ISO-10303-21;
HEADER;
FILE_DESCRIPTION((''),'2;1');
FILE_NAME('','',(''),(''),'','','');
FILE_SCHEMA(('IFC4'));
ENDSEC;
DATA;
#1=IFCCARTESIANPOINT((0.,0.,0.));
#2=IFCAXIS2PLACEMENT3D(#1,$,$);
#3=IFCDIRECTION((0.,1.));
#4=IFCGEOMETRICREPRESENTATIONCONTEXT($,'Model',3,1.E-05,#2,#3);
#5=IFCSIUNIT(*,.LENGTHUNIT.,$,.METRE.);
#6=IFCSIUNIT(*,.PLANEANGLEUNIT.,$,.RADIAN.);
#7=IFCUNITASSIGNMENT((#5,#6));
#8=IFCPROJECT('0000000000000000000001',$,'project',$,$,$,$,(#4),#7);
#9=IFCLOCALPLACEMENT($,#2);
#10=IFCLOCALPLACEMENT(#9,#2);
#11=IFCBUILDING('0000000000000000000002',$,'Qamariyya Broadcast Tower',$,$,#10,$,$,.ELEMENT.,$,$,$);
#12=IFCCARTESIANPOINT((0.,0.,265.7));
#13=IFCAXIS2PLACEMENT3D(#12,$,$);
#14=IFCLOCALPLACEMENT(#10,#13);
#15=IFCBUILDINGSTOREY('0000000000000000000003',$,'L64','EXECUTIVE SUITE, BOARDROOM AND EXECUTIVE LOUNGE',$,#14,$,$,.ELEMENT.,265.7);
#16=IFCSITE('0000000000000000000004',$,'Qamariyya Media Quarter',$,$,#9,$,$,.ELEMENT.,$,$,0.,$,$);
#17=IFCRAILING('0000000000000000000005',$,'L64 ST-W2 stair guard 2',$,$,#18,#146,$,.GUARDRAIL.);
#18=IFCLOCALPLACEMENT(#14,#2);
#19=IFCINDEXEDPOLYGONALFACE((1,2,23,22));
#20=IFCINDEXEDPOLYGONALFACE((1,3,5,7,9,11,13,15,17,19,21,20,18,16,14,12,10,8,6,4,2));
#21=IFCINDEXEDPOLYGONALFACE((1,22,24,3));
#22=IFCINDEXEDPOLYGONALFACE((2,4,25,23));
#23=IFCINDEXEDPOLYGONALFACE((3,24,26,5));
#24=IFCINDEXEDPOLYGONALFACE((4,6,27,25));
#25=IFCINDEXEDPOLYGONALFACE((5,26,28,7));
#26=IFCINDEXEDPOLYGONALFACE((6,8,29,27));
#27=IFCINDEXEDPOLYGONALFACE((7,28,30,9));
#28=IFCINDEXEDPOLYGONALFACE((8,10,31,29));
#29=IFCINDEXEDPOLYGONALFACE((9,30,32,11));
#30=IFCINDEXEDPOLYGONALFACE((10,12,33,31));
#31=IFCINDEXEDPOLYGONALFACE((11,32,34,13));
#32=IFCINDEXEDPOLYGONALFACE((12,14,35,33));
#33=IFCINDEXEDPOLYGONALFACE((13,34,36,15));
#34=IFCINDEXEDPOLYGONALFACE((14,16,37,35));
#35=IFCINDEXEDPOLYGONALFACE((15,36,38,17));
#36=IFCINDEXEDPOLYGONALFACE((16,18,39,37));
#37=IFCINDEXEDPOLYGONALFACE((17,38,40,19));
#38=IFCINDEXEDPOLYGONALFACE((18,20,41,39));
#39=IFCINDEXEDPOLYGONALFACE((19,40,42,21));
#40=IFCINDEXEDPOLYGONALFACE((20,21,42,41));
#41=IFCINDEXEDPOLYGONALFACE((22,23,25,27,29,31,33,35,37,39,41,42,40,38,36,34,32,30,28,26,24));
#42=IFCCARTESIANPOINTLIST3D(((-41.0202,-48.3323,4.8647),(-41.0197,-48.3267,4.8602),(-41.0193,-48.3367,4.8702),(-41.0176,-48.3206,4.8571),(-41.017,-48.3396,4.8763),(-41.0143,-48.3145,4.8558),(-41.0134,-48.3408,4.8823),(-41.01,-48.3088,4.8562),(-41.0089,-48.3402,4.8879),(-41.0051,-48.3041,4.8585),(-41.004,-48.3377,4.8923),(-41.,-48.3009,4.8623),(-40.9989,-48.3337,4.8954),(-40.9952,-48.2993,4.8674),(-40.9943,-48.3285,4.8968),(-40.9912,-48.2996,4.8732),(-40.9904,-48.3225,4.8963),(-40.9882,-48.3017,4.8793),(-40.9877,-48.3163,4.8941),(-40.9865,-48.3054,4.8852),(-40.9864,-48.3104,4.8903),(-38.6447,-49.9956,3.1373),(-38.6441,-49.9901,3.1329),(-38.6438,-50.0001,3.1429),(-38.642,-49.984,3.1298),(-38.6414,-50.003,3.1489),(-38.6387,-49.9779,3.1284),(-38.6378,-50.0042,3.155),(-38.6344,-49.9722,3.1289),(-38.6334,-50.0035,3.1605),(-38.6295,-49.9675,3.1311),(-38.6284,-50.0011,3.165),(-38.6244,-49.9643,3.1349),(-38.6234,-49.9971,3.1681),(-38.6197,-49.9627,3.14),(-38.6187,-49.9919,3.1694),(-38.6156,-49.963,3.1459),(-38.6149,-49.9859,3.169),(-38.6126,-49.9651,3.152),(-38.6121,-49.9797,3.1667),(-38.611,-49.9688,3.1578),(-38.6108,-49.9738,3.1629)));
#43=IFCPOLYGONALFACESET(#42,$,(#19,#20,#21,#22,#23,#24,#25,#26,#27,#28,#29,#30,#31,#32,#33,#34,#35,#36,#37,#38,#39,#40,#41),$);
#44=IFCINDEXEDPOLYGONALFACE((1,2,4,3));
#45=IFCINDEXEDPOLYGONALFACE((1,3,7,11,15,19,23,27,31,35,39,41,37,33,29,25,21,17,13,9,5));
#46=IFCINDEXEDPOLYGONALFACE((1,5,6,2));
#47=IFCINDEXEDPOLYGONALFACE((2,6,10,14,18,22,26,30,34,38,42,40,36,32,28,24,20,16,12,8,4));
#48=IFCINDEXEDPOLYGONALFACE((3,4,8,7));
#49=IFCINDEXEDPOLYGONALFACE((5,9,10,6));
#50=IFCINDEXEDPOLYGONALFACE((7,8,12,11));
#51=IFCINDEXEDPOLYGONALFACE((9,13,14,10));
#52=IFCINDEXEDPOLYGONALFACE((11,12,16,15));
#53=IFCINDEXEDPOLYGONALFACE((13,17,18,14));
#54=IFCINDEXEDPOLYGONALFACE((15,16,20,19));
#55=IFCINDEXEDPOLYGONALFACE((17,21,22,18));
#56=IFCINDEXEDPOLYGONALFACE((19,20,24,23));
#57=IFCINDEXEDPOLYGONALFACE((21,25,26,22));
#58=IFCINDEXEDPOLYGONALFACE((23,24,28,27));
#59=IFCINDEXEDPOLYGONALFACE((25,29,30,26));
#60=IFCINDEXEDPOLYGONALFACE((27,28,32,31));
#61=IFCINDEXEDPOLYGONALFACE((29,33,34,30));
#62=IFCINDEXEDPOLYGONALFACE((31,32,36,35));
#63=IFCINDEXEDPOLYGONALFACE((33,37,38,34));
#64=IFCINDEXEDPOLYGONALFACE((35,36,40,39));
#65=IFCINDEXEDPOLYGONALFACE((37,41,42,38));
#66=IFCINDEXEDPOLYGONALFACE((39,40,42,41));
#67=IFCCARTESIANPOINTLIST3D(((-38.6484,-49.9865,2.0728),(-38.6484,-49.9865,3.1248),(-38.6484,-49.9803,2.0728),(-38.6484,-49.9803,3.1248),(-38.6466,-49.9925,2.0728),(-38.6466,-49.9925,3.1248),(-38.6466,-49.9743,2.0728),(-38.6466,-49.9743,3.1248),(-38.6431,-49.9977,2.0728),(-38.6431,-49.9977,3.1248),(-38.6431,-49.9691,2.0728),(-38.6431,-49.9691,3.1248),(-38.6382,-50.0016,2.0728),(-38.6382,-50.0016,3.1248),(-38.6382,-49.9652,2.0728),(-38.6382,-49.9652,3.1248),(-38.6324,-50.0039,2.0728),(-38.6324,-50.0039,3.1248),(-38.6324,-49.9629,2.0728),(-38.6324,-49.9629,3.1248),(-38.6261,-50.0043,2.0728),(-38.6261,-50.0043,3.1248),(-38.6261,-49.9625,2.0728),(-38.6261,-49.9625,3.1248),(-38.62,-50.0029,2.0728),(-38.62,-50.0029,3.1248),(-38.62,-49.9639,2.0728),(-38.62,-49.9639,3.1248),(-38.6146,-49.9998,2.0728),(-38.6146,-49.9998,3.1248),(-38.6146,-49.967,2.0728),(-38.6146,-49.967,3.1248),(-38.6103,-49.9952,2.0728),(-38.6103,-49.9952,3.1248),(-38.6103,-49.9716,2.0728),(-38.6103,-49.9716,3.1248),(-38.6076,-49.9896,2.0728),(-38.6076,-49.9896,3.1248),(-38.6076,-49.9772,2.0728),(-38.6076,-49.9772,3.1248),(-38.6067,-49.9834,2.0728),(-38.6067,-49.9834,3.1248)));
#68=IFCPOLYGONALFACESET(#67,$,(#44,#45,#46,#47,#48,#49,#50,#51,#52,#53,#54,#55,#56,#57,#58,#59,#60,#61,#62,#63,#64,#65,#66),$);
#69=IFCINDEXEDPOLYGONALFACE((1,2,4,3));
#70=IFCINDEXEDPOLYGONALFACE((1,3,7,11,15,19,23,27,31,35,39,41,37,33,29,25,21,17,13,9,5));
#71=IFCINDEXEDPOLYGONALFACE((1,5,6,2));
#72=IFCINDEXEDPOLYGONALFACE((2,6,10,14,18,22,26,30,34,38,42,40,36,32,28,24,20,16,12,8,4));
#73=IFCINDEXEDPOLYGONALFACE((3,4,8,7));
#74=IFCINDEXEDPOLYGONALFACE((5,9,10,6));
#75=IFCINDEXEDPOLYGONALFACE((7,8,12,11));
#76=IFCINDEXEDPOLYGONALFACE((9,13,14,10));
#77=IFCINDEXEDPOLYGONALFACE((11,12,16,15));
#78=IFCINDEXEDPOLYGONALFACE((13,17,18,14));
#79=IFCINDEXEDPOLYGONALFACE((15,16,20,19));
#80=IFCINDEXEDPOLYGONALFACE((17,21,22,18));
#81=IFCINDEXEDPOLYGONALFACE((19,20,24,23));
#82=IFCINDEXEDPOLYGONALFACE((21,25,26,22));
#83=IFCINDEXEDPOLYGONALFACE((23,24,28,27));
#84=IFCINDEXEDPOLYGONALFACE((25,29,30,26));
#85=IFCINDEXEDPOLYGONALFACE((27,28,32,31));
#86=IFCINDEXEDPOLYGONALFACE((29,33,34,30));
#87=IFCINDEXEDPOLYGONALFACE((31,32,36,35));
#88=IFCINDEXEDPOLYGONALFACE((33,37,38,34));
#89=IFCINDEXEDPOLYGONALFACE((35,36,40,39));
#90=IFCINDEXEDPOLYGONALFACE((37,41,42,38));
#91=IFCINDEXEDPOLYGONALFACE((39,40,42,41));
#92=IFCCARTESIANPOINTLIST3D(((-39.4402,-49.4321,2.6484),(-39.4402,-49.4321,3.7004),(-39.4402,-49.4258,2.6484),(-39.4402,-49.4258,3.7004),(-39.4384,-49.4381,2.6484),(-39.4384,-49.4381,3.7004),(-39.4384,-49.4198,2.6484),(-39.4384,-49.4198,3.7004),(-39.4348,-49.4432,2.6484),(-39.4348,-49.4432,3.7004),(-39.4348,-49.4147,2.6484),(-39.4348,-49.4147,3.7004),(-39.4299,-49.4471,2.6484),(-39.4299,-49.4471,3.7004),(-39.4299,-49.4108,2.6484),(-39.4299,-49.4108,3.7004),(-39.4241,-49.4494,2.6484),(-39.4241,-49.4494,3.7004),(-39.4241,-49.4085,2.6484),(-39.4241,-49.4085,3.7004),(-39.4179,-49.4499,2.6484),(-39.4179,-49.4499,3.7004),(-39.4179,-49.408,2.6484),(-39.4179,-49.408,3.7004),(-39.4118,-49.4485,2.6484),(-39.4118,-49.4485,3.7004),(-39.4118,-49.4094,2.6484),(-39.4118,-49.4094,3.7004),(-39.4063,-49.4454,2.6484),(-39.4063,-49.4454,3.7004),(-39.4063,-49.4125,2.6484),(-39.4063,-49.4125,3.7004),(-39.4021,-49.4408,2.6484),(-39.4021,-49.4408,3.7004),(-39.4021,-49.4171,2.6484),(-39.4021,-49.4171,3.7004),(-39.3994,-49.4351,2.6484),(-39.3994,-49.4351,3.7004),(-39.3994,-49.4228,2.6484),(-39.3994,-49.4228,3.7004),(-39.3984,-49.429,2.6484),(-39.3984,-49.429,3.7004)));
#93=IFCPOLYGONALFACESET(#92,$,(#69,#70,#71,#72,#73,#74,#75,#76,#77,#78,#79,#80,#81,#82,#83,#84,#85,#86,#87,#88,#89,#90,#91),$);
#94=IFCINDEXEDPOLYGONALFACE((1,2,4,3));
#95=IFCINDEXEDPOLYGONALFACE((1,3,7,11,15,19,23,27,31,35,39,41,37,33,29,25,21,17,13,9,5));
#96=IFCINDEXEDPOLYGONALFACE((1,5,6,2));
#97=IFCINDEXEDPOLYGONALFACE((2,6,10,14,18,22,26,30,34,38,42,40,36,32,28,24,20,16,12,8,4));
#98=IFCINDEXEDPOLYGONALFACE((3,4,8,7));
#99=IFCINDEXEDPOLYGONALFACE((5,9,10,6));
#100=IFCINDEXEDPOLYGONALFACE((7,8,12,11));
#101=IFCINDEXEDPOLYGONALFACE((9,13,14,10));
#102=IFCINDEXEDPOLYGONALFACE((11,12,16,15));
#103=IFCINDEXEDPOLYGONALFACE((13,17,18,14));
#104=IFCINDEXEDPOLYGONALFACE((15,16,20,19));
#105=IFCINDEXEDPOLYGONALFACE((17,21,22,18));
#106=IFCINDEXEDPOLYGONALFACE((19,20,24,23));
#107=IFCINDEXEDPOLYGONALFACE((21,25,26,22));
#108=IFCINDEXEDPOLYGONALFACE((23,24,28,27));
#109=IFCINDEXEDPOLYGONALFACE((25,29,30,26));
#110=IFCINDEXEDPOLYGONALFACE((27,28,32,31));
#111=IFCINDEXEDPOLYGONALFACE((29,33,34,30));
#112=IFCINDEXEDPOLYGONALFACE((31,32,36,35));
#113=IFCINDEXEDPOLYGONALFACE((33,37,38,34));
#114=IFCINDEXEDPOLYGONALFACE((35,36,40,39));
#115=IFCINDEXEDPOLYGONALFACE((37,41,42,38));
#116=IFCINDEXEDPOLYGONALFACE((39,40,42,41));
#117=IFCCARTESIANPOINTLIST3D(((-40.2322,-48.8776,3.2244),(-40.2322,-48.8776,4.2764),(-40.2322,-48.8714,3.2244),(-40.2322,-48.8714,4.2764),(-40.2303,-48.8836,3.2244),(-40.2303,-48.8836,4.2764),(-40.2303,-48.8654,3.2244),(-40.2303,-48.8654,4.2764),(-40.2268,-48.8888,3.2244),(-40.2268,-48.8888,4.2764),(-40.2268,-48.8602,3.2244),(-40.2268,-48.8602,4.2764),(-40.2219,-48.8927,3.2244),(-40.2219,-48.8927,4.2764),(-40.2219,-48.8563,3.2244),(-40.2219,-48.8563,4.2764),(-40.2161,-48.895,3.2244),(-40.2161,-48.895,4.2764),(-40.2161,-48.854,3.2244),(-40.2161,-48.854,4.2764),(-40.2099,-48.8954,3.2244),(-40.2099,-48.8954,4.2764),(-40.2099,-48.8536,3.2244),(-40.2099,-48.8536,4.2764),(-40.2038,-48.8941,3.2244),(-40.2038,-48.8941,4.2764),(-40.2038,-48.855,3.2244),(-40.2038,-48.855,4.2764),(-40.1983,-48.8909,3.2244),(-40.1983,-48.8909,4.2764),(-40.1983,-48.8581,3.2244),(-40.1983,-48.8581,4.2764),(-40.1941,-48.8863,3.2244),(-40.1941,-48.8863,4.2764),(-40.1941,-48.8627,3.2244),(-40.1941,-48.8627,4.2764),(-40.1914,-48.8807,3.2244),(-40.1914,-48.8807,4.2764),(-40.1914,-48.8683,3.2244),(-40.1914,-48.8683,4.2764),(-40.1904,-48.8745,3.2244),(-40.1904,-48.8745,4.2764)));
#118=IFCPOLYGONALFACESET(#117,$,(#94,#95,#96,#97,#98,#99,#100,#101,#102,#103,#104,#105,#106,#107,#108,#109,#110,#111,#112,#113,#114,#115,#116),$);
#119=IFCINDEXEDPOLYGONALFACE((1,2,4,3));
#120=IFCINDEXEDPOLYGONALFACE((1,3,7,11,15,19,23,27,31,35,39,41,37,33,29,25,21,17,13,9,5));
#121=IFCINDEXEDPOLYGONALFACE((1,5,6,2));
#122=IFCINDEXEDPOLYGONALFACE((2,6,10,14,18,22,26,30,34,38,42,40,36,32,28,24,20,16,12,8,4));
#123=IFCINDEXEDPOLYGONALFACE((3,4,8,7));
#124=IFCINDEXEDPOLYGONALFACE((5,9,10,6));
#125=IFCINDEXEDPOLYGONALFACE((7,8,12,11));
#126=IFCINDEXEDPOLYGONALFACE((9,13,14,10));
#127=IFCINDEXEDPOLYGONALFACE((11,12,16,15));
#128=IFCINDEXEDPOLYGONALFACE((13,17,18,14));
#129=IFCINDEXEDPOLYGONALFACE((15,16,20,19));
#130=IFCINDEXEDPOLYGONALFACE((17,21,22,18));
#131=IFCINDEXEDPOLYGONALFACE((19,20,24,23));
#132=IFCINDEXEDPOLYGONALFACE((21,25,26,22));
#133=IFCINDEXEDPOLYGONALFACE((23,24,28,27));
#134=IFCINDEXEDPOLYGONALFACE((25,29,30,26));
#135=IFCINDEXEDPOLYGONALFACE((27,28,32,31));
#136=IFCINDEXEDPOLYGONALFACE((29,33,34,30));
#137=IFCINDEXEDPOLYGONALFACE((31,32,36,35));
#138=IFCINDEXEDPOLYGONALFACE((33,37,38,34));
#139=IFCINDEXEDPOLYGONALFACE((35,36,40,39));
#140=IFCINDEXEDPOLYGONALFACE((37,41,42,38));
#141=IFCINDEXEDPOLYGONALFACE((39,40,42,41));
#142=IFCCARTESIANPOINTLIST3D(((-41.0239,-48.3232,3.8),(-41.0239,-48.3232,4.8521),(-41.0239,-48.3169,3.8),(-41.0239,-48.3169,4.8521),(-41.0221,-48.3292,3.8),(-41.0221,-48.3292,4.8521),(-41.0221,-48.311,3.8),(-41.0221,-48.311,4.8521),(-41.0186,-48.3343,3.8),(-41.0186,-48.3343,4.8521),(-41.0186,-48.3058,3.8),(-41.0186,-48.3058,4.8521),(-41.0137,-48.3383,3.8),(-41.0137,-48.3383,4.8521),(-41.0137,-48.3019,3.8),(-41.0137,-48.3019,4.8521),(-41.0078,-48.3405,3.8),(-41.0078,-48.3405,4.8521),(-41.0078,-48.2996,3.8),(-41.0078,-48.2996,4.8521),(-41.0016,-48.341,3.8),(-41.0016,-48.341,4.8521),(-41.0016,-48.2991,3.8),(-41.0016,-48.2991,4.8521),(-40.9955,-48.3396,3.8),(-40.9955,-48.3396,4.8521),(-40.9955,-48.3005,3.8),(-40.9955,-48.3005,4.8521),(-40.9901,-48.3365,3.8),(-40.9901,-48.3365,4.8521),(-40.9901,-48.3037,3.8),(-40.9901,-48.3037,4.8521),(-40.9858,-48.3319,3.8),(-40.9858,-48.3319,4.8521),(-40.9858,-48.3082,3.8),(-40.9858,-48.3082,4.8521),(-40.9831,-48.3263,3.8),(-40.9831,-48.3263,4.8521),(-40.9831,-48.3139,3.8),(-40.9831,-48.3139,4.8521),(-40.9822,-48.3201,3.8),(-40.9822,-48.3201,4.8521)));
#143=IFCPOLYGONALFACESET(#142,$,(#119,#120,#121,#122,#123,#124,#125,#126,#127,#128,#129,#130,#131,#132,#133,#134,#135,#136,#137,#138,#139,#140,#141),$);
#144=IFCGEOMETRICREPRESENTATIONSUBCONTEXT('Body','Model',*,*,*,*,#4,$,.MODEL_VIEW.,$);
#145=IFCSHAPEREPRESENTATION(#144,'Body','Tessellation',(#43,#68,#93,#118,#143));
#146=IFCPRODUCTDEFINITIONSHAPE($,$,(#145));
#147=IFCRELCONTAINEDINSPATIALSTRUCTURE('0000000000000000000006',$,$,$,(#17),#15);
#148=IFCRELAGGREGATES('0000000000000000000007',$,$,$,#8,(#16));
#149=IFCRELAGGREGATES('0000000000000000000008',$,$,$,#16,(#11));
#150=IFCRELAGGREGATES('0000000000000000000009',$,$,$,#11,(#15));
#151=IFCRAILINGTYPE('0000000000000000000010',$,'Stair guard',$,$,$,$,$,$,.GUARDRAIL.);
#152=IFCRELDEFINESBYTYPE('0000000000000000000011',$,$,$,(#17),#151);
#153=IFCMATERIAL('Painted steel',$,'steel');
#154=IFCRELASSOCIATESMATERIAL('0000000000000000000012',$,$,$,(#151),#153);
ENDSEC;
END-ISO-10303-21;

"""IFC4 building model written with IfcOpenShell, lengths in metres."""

from ifc_helpers import new_model, si_unit, direction, frame, origin, origin_2d, place, context, subcontext, project, spatial, circle, extrude, material, type_object, element, save


model = new_model("IFC4")

# Units and contexts
model_context = context("Model", 3, precision=1e-05, world=origin(), true_north=direction((0.0, 1.0)))
body_context = subcontext(model_context, "Body", "Model", "MODEL_VIEW")
ifc_project = project(units=[si_unit("LENGTHUNIT", "METRE"), si_unit("PLANEANGLEUNIT", "RADIAN")], contexts=[model_context])

# Site, building, storey
site_placement = place(None, origin())
site = spatial("IfcSite", under=ifc_project, at=site_placement, Name="Qamariyya Media Quarter", CompositionType="ELEMENT", RefElevation=0.0)
building_placement = place(site_placement, origin())
building = spatial("IfcBuilding", under=site, at=building_placement, Name="Qamariyya Broadcast Tower", CompositionType="ELEMENT")
storey_placement = place(building_placement, frame((0.0, 0.0, 265.7)))
storey = spatial("IfcBuildingStorey", under=building, at=storey_placement, Name="L64", Description="EXECUTIVE SUITE, BOARDROOM AND EXECUTIVE LOUNGE", CompositionType="ELEMENT", Elevation=265.7)

# Railing
ifc_material_1 = material(Name="Painted steel", Category="steel")
railing_type_1 = type_object("IfcRailingType", Name="Stair guard", PredefinedType="GUARDRAIL", material=ifc_material_1)
railing_1_placement = place(storey_placement, frame((-38.6277, -49.9834, 2.0728)))
element("IfcRailing", 1, at=railing_1_placement, inside=storey, type_object=railing_type_1, Name="L64 ST-W2 stair guard 2", PredefinedType="GUARDRAIL", context=body_context, shape_type="SweptSolid", body=[
    extrude(circle(Radius=0.0239, at=origin_2d()), frame((0.0, 0.0, 1.0762), z_axis=(-0.70377, 0.492784, 0.511734), x_axis=(-0.573575, -0.819153, 0.0)), (0.0, 0.0, 1.0), 3.3755),
    extrude(circle(Radius=0.021, at=origin_2d()), origin(), (0.0, 0.0, 1.0), 1.052),
    extrude(circle(Radius=0.021, at=origin_2d()), frame((-0.7917, 0.5544, 0.5757)), (0.0, 0.0, 1.0), 1.052),
    extrude(circle(Radius=0.021, at=origin_2d()), frame((-1.5837, 1.1089, 1.1516)), (0.0, 0.0, 1.0), 1.052),
    extrude(circle(Radius=0.021, at=origin_2d()), frame((-2.3755, 1.6633, 1.7273)), (0.0, 0.0, 1.0), 1.052),
])

save(model, "model.ifc")
